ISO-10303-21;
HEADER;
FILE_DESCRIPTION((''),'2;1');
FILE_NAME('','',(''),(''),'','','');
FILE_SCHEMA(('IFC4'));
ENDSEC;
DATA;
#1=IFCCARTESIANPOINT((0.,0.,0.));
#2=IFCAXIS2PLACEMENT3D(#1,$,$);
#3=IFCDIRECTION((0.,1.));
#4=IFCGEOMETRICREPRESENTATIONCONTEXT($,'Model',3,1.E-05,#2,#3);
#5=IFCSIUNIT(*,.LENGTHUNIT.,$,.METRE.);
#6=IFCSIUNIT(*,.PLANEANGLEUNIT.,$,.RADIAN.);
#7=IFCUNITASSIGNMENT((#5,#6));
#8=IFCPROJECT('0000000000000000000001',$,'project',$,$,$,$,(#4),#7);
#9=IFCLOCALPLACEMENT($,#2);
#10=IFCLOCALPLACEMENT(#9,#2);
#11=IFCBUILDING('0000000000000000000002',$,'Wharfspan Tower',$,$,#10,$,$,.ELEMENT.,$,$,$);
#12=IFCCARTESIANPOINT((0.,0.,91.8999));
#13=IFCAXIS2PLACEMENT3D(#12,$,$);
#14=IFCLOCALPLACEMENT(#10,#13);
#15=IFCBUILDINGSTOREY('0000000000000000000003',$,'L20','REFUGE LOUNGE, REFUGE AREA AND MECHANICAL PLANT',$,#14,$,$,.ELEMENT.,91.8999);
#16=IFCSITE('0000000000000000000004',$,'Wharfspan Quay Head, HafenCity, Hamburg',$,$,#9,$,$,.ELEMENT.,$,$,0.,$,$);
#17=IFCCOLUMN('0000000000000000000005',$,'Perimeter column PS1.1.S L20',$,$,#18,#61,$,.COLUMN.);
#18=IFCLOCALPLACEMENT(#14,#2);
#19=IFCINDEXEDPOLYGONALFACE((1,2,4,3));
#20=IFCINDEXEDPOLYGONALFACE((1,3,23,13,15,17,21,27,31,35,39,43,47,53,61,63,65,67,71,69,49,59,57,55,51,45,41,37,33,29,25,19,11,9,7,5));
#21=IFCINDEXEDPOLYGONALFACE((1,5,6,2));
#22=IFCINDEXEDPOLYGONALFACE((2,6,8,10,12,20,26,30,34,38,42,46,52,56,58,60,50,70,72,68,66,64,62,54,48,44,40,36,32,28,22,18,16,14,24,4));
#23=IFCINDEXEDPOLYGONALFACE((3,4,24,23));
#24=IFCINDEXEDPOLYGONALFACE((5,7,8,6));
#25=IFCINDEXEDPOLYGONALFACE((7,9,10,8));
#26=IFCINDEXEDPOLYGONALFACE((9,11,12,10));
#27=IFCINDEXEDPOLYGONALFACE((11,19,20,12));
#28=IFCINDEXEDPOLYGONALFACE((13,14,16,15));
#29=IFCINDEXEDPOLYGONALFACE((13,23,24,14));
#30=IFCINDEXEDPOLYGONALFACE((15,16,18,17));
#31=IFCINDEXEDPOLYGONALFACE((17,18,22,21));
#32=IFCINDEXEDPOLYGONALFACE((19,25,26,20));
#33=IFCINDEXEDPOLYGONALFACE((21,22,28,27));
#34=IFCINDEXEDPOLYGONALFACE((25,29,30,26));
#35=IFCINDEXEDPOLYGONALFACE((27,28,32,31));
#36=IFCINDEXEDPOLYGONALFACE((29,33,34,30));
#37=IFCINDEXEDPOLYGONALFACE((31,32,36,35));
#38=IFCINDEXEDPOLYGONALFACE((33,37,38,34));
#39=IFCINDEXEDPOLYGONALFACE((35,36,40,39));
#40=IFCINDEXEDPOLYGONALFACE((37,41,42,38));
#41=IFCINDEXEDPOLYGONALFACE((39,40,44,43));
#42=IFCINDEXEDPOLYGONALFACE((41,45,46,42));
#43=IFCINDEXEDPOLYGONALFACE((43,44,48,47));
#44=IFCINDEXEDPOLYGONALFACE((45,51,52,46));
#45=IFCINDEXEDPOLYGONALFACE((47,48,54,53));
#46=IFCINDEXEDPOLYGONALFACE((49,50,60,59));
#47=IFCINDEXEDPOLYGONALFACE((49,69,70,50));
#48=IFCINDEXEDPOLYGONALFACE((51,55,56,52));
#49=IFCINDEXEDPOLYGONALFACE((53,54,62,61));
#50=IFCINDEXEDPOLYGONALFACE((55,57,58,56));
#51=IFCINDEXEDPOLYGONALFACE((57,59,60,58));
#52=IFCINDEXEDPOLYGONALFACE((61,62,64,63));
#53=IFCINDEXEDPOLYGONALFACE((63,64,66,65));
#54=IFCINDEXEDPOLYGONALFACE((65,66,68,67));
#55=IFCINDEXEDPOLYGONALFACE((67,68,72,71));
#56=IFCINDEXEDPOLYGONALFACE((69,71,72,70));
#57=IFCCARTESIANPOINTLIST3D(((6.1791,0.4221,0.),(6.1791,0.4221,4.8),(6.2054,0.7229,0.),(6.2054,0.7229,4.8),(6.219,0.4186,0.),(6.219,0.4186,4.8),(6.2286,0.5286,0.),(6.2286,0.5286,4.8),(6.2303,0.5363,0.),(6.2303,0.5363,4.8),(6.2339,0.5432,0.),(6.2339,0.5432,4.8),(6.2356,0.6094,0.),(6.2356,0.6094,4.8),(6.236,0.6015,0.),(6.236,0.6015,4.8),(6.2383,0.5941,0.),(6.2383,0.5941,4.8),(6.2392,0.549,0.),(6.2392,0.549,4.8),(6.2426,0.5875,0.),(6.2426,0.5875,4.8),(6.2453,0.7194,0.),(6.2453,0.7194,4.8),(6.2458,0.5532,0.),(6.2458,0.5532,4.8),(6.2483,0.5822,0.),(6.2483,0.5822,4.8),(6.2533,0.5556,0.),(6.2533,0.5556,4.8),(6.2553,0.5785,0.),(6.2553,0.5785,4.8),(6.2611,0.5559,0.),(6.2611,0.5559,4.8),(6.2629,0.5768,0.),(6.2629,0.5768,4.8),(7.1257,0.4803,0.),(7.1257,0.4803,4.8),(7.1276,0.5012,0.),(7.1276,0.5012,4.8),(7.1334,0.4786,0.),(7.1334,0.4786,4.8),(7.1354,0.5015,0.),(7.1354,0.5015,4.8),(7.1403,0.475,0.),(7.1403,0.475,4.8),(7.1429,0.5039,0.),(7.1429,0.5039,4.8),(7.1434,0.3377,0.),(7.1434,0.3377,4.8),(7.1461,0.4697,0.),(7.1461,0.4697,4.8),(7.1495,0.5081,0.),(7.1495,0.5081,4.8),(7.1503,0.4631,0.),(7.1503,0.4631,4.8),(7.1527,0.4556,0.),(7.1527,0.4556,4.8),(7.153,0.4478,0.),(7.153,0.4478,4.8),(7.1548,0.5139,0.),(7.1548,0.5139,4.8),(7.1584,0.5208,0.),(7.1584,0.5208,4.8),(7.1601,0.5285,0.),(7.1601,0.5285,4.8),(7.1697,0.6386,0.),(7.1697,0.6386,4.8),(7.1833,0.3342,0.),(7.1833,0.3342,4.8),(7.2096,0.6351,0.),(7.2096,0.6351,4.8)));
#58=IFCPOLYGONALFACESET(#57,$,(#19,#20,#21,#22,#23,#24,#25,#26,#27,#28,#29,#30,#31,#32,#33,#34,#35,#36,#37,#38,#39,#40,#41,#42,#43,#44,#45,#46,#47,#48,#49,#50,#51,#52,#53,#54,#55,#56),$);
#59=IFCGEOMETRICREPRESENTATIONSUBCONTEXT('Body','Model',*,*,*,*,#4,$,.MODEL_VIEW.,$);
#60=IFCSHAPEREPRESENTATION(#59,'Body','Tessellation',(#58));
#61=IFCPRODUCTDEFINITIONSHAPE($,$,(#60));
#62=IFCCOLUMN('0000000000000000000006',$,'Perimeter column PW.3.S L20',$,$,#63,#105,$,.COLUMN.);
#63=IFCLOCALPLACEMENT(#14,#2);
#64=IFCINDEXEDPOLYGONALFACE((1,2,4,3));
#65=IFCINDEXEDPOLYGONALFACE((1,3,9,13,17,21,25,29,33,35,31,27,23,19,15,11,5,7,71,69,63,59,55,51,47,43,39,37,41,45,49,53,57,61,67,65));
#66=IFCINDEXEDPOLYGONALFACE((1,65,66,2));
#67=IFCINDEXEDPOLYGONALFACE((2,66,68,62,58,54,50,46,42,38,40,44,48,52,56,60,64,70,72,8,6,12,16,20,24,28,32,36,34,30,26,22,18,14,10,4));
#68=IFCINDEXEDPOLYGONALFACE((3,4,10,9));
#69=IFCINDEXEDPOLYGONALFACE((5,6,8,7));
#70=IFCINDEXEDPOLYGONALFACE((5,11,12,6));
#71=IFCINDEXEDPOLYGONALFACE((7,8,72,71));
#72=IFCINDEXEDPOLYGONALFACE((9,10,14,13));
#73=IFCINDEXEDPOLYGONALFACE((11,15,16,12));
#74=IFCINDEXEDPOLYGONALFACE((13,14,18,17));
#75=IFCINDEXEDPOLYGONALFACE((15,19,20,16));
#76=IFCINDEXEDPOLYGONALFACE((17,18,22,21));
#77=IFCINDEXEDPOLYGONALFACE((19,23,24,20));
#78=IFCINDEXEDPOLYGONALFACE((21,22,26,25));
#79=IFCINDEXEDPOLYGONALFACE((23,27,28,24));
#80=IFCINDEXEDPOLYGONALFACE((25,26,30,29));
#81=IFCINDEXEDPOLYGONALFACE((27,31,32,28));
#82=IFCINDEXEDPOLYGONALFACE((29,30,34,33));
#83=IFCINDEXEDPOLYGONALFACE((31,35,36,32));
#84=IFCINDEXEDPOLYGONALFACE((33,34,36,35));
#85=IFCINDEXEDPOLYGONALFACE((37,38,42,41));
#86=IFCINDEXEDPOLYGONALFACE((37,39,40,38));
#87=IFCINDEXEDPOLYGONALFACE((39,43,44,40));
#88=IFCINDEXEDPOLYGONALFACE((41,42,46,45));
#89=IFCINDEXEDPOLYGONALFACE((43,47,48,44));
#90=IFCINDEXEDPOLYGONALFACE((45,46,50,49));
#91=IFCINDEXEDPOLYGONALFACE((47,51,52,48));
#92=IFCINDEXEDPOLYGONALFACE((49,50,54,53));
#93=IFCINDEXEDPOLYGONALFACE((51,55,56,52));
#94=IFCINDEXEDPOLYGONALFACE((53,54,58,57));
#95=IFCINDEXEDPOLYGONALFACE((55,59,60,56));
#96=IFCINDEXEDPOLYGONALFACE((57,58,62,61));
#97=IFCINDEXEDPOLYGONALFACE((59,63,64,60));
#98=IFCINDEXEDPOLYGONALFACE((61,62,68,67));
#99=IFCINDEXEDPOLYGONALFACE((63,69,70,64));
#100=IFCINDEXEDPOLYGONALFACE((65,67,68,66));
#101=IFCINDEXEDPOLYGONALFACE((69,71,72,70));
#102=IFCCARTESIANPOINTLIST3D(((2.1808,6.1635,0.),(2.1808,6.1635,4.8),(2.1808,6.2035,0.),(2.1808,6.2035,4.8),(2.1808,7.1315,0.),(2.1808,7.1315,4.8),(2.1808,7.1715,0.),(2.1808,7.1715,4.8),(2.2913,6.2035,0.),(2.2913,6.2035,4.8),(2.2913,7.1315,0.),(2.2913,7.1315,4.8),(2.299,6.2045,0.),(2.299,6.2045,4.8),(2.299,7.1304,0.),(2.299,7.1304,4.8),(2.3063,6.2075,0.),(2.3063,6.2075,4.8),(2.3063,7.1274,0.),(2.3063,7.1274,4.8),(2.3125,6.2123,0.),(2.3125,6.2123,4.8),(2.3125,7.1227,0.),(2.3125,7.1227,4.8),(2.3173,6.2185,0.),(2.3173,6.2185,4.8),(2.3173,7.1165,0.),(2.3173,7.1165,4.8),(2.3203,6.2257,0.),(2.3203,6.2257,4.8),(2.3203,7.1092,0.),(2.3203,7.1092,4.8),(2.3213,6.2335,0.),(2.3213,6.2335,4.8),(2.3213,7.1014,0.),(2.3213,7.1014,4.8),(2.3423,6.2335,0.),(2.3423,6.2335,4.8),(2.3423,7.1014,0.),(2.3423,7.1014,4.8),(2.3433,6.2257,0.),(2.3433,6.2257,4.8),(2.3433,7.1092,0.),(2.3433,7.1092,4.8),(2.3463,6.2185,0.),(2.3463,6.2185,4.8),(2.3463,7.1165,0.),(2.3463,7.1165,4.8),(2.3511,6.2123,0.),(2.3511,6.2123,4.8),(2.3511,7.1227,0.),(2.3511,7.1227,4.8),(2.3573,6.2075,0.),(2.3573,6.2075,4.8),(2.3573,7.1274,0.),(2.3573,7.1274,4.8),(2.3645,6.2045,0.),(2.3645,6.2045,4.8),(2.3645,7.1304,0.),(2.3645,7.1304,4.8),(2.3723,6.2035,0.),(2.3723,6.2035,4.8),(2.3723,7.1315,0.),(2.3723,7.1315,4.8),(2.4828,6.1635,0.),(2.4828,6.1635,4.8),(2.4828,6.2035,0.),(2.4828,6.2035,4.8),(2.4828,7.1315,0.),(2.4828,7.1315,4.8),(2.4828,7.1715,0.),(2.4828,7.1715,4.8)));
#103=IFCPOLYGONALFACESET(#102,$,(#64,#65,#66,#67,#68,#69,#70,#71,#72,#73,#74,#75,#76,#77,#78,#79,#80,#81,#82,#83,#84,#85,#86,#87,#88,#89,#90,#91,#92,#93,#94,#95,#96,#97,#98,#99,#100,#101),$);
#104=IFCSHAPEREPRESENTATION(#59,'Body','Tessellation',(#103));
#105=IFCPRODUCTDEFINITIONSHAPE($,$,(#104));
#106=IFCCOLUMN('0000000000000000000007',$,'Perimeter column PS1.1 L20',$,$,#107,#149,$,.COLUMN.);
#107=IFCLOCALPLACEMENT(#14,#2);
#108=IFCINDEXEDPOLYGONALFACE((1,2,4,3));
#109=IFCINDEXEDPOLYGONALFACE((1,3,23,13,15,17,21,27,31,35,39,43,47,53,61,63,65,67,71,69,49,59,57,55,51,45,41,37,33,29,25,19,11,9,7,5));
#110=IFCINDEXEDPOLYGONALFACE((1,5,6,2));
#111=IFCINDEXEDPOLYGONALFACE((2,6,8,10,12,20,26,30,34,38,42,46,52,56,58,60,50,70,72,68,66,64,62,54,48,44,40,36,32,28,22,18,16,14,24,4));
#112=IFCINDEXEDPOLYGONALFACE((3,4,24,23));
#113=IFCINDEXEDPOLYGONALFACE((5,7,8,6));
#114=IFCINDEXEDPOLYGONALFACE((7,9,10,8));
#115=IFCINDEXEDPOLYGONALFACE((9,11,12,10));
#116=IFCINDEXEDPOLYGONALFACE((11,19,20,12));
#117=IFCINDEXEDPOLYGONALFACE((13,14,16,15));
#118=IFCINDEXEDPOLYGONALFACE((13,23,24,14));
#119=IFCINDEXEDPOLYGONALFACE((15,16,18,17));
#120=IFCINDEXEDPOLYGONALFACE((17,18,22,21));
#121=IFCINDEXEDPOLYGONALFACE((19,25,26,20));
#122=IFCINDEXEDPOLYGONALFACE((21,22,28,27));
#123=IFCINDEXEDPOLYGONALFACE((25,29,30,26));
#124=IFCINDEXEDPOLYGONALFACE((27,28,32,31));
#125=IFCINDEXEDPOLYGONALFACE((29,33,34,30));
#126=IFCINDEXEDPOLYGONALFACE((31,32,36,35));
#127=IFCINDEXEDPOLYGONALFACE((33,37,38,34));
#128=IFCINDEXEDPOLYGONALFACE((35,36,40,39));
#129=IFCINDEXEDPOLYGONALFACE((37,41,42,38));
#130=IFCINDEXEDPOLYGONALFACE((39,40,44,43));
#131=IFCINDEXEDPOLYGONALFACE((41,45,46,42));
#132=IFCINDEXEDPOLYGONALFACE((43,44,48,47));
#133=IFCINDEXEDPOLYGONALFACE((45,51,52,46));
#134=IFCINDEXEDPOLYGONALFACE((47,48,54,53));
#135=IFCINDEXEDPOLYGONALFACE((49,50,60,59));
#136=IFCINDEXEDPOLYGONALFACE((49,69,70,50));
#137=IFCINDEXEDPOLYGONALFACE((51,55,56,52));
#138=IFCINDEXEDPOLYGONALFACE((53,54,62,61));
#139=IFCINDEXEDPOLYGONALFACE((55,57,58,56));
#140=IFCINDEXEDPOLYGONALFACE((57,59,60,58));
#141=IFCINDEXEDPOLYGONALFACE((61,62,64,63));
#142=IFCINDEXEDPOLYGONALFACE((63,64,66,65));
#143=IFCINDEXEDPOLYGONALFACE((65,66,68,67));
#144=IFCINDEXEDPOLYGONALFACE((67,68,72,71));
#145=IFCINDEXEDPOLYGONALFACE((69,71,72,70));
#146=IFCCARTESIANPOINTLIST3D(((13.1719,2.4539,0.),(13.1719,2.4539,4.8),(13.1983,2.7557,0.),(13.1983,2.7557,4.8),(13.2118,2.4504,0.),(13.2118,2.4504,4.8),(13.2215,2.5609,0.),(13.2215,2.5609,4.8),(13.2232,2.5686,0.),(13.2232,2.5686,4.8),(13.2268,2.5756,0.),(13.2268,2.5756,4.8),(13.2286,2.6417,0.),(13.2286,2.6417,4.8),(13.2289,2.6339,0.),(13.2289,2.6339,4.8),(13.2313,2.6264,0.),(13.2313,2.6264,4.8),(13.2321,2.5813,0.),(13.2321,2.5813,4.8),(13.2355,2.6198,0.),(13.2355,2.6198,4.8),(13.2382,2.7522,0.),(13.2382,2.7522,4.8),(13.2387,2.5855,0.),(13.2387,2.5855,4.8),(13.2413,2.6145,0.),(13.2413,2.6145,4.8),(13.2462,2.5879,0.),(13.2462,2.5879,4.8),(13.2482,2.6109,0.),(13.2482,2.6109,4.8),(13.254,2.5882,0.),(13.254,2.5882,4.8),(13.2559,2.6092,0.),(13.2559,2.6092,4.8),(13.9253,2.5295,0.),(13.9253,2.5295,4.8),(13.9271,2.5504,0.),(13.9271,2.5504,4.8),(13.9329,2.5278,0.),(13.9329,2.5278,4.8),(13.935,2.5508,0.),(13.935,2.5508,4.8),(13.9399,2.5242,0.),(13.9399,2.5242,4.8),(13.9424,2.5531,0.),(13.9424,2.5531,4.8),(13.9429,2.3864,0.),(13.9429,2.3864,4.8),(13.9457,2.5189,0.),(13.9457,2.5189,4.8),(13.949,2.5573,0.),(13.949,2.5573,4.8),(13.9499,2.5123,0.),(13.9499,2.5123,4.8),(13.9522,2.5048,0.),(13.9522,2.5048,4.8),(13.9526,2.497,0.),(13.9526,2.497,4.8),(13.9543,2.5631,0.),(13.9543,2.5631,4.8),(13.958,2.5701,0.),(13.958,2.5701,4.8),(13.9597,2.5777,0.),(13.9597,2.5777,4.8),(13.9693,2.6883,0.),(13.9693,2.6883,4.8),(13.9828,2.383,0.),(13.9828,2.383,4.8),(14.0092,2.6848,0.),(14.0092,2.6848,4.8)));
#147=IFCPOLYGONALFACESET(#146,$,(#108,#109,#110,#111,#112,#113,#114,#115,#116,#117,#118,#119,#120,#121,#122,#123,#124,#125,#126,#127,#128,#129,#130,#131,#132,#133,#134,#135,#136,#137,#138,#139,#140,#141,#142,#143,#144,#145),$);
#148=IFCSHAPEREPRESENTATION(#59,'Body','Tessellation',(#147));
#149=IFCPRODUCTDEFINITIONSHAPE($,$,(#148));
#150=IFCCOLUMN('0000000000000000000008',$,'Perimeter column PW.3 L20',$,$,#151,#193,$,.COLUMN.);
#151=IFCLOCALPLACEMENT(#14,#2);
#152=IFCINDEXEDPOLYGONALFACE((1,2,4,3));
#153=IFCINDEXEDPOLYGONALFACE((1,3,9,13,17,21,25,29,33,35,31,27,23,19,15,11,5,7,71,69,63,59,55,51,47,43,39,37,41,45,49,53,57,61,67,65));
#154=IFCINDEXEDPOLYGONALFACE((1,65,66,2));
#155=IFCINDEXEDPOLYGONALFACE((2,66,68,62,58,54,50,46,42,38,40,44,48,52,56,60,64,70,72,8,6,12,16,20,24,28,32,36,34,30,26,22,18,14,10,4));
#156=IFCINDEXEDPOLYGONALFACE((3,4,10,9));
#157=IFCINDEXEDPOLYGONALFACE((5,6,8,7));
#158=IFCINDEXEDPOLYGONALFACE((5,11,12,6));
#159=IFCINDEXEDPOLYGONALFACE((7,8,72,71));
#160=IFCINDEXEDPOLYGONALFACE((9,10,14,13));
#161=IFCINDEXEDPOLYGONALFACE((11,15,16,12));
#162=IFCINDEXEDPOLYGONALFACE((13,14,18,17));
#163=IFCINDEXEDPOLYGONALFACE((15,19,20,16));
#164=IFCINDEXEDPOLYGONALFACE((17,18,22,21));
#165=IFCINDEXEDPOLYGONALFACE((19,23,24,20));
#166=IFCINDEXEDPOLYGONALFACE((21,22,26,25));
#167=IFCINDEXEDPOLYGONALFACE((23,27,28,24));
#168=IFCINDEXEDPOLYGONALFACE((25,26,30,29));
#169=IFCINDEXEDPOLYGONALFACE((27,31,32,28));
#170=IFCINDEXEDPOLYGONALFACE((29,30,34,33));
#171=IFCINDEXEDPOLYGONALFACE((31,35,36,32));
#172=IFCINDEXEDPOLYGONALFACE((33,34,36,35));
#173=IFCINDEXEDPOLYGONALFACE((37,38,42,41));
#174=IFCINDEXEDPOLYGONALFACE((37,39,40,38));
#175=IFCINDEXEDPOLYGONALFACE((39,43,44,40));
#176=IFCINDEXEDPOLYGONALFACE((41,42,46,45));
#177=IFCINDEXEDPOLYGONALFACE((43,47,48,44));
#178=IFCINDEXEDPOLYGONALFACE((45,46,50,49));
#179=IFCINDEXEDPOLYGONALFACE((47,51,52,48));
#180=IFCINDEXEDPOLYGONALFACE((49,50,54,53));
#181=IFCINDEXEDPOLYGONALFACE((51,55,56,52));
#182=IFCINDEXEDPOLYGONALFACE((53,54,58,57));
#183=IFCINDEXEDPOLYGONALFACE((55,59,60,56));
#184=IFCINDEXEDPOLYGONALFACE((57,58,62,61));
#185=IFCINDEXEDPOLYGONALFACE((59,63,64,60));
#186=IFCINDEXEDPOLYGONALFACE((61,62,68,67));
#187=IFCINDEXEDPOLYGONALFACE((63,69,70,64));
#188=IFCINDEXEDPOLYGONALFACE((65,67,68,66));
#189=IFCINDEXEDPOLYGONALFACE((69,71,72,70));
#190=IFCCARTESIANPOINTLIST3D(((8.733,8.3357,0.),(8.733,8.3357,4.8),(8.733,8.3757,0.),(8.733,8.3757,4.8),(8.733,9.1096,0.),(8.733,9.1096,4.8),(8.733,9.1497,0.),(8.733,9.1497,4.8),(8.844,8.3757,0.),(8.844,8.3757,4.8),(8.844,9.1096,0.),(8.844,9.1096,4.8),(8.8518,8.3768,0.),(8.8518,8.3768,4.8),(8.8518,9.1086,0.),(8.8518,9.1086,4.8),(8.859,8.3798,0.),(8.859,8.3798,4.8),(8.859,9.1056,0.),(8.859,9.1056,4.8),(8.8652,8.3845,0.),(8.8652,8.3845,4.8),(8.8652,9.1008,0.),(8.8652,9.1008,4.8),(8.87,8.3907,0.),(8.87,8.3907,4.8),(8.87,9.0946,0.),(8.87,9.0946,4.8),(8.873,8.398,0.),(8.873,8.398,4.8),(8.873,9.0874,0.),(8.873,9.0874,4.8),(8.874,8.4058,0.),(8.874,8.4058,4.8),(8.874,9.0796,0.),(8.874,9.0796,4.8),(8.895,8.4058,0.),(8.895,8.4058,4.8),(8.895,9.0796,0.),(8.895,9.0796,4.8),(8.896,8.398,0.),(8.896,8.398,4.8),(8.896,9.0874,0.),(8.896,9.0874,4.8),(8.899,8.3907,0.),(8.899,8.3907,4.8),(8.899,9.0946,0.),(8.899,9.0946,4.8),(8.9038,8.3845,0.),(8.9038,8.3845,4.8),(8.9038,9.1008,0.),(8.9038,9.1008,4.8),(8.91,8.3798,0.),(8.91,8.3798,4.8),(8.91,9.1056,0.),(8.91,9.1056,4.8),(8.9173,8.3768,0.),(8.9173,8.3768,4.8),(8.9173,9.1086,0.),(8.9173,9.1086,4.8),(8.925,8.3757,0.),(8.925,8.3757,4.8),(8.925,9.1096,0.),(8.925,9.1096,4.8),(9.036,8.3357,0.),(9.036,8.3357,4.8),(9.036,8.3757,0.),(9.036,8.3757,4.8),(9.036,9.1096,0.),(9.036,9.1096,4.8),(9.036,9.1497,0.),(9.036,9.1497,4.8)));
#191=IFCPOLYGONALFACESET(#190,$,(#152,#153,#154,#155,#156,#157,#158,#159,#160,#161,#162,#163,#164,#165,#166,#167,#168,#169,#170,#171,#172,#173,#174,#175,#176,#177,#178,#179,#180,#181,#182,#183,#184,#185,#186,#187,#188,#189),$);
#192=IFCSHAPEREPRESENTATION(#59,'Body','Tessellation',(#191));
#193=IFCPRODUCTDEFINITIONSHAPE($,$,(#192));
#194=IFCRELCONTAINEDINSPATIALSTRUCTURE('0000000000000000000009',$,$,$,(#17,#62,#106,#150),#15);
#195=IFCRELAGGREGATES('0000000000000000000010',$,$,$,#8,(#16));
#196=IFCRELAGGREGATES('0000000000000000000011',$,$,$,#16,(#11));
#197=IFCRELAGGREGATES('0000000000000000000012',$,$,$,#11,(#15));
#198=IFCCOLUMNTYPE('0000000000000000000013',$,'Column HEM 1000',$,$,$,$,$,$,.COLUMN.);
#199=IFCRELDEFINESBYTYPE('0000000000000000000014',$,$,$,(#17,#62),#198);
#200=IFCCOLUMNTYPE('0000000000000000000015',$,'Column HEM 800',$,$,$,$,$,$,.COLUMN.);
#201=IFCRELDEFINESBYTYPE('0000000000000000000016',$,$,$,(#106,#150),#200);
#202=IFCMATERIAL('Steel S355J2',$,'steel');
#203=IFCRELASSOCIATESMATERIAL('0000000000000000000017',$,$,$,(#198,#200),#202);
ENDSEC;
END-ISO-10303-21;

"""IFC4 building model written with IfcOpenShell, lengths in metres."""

from ifc_helpers import new_model, si_unit, direction, frame, origin, origin_2d, place, context, subcontext, project, spatial, i_section, extrude, material, material_profile, profile_set, type_object, element, save


model = new_model("IFC4")

# Units and contexts
model_context = context("Model", 3, precision=1e-05, world=origin(), true_north=direction((0.0, 1.0)))
body_context = subcontext(model_context, "Body", "Model", "MODEL_VIEW")
ifc_project = project(units=[si_unit("LENGTHUNIT", "METRE"), si_unit("PLANEANGLEUNIT", "RADIAN")], contexts=[model_context])

# Site, building, storey
site_placement = place(None, origin())
site = spatial("IfcSite", under=ifc_project, at=site_placement, Name="Wharfspan Quay Head, HafenCity, Hamburg", CompositionType="ELEMENT", RefElevation=0.0)
building_placement = place(site_placement, origin())
building = spatial("IfcBuilding", under=site, at=building_placement, Name="Wharfspan Tower", CompositionType="ELEMENT")
storey_placement = place(building_placement, frame((0.0, 0.0, 91.8999)))
storey = spatial("IfcBuildingStorey", under=building, at=storey_placement, Name="L20", Description="REFUGE LOUNGE, REFUGE AREA AND MECHANICAL PLANT", CompositionType="ELEMENT", Elevation=91.8999)

# Columns
ifc_material_1 = material(Name="Steel S355J2", Category="steel")
ifc_material_profile_1 = material_profile(ifc_material_1, i_section(OverallWidth=0.302, OverallDepth=1.0081, WebThickness=0.021, FlangeThickness=0.04, FilletRadius=0.03, at=origin_2d()))
ifc_profile_set_1 = profile_set([ifc_material_profile_1], Name="Steel S355J2")
column_type_1 = type_object("IfcColumnType", Name="Column HEM 1000", PredefinedType="COLUMN", material=ifc_profile_set_1)
for number, where, z_axis, x_axis, name in (
    (1, (6.6943, 0.5286, 0.0), (0.0, 0.0, 1.0), (-0.087156, -0.996198, 0.0), "Perimeter column PS1.1.S L20"),
    (2, (2.3318, 6.6675, 0.0), (0.0, 0.0, 1.0), (-1.0, 0.0, 0.0), "Perimeter column PW.3.S L20"),
):
    element("IfcColumn", number, at=place(storey_placement, frame(where, z_axis=z_axis, x_axis=x_axis)), inside=storey, type_object=column_type_1, Name=name, PredefinedType="COLUMN", context=body_context, shape_type="SweptSolid", body=[
        extrude(i_section(OverallWidth=0.302, OverallDepth=1.0081, WebThickness=0.021, FlangeThickness=0.04, FilletRadius=0.03, at=origin_2d()), origin(), (0.0, 0.0, 1.0), 4.8),
    ])
ifc_material_profile_2 = material_profile(ifc_material_1, i_section(OverallWidth=0.303, OverallDepth=0.814, WebThickness=0.021, FlangeThickness=0.04, FilletRadius=0.03, at=origin_2d()))
ifc_profile_set_2 = profile_set([ifc_material_profile_2], Name="Steel S355J2")
column_type_2 = type_object("IfcColumnType", Name="Column HEM 800", PredefinedType="COLUMN", material=ifc_profile_set_2)
for number, where, z_axis, x_axis, name in (
    (3, (13.5906, 2.5693, 0.0), (0.0, 0.0, 1.0), (-0.087156, -0.996198, 0.0), "Perimeter column PS1.1 L20"),
    (4, (8.8845, 8.7427, 0.0), (0.0, 0.0, 1.0), (-1.0, 0.0, 0.0), "Perimeter column PW.3 L20"),
):
    element("IfcColumn", number, at=place(storey_placement, frame(where, z_axis=z_axis, x_axis=x_axis)), inside=storey, type_object=column_type_2, Name=name, PredefinedType="COLUMN", context=body_context, shape_type="SweptSolid", body=[
        extrude(i_section(OverallWidth=0.303, OverallDepth=0.814, WebThickness=0.021, FlangeThickness=0.04, FilletRadius=0.03, at=origin_2d()), origin(), (0.0, 0.0, 1.0), 4.8),
    ])

save(model, "model.ifc")
